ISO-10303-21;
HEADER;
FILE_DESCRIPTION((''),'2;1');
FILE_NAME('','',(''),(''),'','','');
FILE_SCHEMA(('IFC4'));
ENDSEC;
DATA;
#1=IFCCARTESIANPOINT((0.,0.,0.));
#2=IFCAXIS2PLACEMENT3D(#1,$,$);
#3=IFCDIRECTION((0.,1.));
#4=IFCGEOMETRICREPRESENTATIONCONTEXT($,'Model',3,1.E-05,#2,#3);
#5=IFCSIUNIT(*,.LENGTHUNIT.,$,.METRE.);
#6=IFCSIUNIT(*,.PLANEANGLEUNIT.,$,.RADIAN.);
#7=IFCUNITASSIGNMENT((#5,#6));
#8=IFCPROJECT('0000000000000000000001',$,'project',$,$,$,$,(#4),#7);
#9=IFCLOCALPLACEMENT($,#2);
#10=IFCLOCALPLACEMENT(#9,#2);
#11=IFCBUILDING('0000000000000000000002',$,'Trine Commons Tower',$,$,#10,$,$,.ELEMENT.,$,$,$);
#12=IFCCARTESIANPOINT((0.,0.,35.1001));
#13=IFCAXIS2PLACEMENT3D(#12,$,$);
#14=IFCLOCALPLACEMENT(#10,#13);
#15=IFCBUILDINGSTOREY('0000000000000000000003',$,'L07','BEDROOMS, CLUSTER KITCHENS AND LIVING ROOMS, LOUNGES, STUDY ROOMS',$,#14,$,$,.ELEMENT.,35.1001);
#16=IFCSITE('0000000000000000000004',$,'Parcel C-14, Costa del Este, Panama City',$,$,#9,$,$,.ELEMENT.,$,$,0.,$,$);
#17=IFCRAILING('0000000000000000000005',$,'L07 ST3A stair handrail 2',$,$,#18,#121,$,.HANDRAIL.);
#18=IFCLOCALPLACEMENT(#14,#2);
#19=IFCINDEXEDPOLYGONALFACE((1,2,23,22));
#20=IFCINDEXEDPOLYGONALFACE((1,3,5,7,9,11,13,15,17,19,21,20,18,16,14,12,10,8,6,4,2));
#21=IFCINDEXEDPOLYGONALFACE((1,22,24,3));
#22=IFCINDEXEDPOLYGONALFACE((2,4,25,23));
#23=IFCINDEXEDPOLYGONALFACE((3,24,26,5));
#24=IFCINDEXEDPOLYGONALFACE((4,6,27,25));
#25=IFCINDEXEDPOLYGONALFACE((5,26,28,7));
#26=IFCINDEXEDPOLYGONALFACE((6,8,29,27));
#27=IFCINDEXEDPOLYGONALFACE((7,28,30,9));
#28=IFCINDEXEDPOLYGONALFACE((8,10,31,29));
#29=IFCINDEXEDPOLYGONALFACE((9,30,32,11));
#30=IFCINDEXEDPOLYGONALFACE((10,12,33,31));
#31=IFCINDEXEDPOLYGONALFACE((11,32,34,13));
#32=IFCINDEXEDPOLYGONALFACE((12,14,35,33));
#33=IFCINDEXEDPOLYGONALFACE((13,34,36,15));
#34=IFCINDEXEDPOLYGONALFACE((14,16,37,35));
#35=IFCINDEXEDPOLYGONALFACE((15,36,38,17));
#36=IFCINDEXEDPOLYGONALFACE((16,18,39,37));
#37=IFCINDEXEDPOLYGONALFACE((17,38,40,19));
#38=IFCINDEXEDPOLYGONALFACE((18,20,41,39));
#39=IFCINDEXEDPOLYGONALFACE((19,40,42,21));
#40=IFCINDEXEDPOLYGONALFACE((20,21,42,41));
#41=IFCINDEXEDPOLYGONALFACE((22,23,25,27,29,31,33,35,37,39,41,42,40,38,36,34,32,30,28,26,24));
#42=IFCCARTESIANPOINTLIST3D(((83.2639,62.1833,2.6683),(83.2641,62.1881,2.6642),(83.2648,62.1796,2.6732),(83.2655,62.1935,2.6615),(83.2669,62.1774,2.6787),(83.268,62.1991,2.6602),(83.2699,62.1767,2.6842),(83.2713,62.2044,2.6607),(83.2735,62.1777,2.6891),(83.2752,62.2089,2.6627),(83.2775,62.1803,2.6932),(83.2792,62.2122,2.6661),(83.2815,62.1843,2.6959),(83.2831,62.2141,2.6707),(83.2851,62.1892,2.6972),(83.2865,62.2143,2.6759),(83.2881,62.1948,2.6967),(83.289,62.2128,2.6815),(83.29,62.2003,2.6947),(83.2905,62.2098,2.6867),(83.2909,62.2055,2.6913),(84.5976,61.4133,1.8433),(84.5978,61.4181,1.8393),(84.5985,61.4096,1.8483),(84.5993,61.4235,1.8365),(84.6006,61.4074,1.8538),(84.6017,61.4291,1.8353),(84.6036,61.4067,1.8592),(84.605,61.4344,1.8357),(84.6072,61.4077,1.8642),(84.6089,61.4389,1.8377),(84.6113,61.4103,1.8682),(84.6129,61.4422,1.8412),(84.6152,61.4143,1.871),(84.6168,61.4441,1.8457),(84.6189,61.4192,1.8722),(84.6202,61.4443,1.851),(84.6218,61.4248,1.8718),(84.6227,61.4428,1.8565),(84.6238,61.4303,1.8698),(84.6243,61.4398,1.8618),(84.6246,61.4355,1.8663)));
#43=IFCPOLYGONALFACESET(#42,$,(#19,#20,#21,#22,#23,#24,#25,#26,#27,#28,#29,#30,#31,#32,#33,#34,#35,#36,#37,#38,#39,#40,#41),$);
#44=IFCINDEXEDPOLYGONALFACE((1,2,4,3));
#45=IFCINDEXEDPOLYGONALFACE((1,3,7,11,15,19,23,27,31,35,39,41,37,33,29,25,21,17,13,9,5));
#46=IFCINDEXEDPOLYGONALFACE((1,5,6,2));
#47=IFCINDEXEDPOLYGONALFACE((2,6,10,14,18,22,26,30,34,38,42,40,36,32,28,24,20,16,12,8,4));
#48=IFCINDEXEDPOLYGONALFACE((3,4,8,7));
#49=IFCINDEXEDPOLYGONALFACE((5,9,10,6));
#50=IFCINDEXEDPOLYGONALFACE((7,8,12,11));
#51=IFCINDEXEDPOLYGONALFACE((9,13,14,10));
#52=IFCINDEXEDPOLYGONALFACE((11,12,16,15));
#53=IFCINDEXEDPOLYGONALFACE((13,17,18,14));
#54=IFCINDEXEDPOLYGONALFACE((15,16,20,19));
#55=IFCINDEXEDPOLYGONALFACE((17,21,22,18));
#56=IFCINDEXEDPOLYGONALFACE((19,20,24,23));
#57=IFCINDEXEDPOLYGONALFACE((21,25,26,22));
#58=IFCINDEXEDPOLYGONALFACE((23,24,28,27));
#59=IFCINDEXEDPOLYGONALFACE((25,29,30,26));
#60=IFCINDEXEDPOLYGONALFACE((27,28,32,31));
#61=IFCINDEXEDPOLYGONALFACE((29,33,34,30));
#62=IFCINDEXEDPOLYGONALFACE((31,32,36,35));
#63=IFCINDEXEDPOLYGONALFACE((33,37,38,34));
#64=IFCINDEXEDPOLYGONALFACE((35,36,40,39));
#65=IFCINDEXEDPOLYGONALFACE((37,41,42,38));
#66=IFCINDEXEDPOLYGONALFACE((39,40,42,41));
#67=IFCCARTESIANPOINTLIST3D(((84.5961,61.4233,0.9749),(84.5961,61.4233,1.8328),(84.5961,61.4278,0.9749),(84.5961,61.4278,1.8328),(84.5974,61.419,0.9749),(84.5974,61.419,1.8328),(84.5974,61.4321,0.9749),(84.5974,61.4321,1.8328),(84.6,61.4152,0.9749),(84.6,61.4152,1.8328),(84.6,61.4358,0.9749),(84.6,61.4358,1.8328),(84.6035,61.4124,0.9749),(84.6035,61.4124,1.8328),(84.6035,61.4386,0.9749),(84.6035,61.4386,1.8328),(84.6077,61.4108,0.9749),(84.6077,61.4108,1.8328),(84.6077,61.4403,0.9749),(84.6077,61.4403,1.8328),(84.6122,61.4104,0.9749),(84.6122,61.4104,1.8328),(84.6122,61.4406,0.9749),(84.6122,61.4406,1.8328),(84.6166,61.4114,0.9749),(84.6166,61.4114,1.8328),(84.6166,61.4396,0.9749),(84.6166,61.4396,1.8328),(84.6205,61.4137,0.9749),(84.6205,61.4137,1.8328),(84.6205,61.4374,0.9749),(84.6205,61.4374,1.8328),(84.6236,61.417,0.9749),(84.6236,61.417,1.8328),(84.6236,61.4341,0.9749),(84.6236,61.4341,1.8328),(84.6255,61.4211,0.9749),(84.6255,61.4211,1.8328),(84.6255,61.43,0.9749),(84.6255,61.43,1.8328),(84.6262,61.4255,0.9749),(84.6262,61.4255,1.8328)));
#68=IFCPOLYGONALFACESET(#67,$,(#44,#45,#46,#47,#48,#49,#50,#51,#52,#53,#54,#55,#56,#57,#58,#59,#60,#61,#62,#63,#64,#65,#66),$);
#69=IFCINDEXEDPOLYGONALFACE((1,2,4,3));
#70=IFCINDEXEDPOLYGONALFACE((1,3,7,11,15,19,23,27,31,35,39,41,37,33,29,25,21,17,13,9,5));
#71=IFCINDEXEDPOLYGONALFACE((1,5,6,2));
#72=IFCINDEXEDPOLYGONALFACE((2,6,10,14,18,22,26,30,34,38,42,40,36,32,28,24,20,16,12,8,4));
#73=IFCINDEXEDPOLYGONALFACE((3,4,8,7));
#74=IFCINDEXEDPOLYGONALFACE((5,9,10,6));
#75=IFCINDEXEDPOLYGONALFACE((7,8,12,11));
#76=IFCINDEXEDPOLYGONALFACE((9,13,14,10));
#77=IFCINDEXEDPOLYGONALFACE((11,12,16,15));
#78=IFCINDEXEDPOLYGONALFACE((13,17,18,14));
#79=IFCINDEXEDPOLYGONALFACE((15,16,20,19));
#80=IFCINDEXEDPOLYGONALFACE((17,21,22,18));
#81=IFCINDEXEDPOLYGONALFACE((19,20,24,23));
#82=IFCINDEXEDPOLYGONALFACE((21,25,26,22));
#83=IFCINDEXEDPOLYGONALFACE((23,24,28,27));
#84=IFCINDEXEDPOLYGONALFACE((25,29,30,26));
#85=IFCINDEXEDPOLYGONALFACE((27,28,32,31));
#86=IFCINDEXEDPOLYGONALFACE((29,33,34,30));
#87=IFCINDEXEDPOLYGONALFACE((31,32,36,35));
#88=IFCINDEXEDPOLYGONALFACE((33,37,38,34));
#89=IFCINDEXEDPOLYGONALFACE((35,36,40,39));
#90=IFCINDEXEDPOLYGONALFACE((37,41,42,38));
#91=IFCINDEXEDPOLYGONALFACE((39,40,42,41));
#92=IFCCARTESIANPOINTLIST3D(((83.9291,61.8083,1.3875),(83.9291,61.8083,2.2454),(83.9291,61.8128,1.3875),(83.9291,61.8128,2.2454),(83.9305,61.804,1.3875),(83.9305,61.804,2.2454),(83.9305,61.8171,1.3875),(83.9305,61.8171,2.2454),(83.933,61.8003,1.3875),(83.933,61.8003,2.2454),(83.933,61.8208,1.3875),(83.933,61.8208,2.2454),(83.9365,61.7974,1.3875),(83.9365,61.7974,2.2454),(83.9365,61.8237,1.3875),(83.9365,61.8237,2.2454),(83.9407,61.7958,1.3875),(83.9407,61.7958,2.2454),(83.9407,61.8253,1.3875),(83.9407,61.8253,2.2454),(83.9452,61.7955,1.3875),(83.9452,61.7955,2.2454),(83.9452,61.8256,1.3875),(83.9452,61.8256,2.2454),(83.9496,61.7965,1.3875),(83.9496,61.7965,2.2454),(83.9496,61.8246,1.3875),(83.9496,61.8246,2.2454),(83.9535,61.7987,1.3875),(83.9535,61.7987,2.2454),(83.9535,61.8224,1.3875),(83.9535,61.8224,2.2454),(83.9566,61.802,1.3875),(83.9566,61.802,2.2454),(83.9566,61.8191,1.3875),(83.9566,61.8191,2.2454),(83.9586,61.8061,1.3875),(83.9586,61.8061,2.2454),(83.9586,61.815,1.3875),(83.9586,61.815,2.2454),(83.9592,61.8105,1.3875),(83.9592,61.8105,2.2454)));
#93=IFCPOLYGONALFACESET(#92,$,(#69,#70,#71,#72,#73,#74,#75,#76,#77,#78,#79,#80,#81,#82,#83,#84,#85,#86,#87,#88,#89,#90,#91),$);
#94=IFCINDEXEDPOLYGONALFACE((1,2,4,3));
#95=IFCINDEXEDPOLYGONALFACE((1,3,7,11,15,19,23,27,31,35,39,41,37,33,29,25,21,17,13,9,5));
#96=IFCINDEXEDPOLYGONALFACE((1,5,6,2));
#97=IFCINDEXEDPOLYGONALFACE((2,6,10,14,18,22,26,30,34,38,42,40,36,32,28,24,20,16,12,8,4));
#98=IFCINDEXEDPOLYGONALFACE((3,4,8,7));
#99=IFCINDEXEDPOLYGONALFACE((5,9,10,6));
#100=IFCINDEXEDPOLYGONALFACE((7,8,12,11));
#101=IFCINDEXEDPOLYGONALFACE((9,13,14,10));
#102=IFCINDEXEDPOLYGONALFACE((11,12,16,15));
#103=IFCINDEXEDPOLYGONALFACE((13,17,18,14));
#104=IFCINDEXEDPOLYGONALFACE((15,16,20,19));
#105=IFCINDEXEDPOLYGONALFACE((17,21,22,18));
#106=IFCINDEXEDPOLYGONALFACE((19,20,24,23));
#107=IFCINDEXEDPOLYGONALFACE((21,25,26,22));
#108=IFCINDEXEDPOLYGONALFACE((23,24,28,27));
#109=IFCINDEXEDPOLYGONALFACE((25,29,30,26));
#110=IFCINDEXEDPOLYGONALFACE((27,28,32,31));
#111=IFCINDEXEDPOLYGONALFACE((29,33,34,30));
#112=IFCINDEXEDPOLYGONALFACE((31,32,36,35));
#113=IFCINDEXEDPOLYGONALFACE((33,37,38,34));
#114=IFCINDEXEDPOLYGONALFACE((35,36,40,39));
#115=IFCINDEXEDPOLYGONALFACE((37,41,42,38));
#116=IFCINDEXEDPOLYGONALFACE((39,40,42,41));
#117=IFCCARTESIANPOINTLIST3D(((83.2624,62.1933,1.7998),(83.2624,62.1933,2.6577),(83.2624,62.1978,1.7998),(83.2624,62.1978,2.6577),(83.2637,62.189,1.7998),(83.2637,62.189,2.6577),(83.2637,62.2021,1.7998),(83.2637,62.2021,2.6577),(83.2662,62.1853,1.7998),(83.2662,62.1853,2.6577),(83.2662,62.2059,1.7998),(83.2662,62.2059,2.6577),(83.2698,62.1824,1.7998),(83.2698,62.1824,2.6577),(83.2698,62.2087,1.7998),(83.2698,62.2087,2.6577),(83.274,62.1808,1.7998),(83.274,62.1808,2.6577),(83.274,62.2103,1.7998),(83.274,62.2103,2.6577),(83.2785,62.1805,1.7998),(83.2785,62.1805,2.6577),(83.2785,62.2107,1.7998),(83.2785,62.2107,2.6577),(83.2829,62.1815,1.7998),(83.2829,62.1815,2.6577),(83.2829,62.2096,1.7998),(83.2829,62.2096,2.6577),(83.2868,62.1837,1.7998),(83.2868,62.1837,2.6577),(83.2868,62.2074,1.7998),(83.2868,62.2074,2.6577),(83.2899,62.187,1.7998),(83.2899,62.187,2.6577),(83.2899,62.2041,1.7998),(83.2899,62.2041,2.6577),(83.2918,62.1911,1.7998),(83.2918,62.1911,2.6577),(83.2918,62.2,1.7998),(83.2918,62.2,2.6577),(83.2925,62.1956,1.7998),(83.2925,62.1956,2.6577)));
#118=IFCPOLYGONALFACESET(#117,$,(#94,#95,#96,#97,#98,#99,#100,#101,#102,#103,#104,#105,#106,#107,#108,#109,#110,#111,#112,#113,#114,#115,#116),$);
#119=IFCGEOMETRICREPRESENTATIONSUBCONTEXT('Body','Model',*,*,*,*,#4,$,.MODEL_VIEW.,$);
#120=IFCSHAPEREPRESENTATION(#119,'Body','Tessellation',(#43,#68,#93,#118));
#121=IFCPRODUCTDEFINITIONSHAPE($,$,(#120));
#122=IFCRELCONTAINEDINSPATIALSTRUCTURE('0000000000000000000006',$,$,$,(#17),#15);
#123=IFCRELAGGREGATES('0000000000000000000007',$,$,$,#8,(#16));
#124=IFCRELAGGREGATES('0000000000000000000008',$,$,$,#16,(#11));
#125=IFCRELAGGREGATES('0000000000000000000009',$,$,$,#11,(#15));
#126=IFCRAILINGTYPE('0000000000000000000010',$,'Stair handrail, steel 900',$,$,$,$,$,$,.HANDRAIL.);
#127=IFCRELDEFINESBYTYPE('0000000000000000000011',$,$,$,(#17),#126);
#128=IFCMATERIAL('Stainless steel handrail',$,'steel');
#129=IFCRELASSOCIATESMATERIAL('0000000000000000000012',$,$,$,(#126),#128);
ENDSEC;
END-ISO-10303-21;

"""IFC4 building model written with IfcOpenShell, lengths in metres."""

from ifc_helpers import new_model, si_unit, direction, frame, origin, origin_2d, place, context, subcontext, project, spatial, circle, extrude, material, type_object, element, save


model = new_model("IFC4")

# Units and contexts
model_context = context("Model", 3, precision=1e-05, world=origin(), true_north=direction((0.0, 1.0)))
body_context = subcontext(model_context, "Body", "Model", "MODEL_VIEW")
ifc_project = project(units=[si_unit("LENGTHUNIT", "METRE"), si_unit("PLANEANGLEUNIT", "RADIAN")], contexts=[model_context])

# Site, building, storey
site_placement = place(None, origin())
site = spatial("IfcSite", under=ifc_project, at=site_placement, Name="Parcel C-14, Costa del Este, Panama City", CompositionType="ELEMENT", RefElevation=0.0)
building_placement = place(site_placement, origin())
building = spatial("IfcBuilding", under=site, at=building_placement, Name="Trine Commons Tower", CompositionType="ELEMENT")
storey_placement = place(building_placement, frame((0.0, 0.0, 35.1001)))
storey = spatial("IfcBuildingStorey", under=building, at=storey_placement, Name="L07", Description="BEDROOMS, CLUSTER KITCHENS AND LIVING ROOMS, LOUNGES, STUDY ROOMS", CompositionType="ELEMENT", Elevation=35.1001)

# Railing
ifc_material_1 = material(Name="Stainless steel handrail", Category="steel")
railing_type_1 = type_object("IfcRailingType", Name="Stair handrail, steel 900", PredefinedType="HANDRAIL", material=ifc_material_1)
railing_1_placement = place(storey_placement, frame((84.6111, 61.4255, 0.9749)))
element("IfcRailing", 1, at=railing_1_placement, inside=storey, type_object=railing_type_1, Name="L07 ST3A stair handrail 2", PredefinedType="HANDRAIL", context=body_context, shape_type="SweptSolid", body=[
    extrude(circle(Radius=0.021, at=origin_2d()), frame((0.0, 0.0, 0.8789), z_axis=(-0.763405, 0.440743, 0.472185), x_axis=(-0.499992, -0.86603, 0.0)), (0.0, 0.0, 1.0), 1.7471),
    extrude(circle(Radius=0.0151, at=origin_2d()), origin(), (0.0, 0.0, 1.0), 0.8579),
    extrude(circle(Radius=0.0151, at=origin_2d()), frame((-0.667, 0.385, 0.4126)), (0.0, 0.0, 1.0), 0.8579),
    extrude(circle(Radius=0.0151, at=origin_2d()), frame((-1.3337, 0.77, 0.825)), (0.0, 0.0, 1.0), 0.8579),
])

save(model, "model.ifc")
